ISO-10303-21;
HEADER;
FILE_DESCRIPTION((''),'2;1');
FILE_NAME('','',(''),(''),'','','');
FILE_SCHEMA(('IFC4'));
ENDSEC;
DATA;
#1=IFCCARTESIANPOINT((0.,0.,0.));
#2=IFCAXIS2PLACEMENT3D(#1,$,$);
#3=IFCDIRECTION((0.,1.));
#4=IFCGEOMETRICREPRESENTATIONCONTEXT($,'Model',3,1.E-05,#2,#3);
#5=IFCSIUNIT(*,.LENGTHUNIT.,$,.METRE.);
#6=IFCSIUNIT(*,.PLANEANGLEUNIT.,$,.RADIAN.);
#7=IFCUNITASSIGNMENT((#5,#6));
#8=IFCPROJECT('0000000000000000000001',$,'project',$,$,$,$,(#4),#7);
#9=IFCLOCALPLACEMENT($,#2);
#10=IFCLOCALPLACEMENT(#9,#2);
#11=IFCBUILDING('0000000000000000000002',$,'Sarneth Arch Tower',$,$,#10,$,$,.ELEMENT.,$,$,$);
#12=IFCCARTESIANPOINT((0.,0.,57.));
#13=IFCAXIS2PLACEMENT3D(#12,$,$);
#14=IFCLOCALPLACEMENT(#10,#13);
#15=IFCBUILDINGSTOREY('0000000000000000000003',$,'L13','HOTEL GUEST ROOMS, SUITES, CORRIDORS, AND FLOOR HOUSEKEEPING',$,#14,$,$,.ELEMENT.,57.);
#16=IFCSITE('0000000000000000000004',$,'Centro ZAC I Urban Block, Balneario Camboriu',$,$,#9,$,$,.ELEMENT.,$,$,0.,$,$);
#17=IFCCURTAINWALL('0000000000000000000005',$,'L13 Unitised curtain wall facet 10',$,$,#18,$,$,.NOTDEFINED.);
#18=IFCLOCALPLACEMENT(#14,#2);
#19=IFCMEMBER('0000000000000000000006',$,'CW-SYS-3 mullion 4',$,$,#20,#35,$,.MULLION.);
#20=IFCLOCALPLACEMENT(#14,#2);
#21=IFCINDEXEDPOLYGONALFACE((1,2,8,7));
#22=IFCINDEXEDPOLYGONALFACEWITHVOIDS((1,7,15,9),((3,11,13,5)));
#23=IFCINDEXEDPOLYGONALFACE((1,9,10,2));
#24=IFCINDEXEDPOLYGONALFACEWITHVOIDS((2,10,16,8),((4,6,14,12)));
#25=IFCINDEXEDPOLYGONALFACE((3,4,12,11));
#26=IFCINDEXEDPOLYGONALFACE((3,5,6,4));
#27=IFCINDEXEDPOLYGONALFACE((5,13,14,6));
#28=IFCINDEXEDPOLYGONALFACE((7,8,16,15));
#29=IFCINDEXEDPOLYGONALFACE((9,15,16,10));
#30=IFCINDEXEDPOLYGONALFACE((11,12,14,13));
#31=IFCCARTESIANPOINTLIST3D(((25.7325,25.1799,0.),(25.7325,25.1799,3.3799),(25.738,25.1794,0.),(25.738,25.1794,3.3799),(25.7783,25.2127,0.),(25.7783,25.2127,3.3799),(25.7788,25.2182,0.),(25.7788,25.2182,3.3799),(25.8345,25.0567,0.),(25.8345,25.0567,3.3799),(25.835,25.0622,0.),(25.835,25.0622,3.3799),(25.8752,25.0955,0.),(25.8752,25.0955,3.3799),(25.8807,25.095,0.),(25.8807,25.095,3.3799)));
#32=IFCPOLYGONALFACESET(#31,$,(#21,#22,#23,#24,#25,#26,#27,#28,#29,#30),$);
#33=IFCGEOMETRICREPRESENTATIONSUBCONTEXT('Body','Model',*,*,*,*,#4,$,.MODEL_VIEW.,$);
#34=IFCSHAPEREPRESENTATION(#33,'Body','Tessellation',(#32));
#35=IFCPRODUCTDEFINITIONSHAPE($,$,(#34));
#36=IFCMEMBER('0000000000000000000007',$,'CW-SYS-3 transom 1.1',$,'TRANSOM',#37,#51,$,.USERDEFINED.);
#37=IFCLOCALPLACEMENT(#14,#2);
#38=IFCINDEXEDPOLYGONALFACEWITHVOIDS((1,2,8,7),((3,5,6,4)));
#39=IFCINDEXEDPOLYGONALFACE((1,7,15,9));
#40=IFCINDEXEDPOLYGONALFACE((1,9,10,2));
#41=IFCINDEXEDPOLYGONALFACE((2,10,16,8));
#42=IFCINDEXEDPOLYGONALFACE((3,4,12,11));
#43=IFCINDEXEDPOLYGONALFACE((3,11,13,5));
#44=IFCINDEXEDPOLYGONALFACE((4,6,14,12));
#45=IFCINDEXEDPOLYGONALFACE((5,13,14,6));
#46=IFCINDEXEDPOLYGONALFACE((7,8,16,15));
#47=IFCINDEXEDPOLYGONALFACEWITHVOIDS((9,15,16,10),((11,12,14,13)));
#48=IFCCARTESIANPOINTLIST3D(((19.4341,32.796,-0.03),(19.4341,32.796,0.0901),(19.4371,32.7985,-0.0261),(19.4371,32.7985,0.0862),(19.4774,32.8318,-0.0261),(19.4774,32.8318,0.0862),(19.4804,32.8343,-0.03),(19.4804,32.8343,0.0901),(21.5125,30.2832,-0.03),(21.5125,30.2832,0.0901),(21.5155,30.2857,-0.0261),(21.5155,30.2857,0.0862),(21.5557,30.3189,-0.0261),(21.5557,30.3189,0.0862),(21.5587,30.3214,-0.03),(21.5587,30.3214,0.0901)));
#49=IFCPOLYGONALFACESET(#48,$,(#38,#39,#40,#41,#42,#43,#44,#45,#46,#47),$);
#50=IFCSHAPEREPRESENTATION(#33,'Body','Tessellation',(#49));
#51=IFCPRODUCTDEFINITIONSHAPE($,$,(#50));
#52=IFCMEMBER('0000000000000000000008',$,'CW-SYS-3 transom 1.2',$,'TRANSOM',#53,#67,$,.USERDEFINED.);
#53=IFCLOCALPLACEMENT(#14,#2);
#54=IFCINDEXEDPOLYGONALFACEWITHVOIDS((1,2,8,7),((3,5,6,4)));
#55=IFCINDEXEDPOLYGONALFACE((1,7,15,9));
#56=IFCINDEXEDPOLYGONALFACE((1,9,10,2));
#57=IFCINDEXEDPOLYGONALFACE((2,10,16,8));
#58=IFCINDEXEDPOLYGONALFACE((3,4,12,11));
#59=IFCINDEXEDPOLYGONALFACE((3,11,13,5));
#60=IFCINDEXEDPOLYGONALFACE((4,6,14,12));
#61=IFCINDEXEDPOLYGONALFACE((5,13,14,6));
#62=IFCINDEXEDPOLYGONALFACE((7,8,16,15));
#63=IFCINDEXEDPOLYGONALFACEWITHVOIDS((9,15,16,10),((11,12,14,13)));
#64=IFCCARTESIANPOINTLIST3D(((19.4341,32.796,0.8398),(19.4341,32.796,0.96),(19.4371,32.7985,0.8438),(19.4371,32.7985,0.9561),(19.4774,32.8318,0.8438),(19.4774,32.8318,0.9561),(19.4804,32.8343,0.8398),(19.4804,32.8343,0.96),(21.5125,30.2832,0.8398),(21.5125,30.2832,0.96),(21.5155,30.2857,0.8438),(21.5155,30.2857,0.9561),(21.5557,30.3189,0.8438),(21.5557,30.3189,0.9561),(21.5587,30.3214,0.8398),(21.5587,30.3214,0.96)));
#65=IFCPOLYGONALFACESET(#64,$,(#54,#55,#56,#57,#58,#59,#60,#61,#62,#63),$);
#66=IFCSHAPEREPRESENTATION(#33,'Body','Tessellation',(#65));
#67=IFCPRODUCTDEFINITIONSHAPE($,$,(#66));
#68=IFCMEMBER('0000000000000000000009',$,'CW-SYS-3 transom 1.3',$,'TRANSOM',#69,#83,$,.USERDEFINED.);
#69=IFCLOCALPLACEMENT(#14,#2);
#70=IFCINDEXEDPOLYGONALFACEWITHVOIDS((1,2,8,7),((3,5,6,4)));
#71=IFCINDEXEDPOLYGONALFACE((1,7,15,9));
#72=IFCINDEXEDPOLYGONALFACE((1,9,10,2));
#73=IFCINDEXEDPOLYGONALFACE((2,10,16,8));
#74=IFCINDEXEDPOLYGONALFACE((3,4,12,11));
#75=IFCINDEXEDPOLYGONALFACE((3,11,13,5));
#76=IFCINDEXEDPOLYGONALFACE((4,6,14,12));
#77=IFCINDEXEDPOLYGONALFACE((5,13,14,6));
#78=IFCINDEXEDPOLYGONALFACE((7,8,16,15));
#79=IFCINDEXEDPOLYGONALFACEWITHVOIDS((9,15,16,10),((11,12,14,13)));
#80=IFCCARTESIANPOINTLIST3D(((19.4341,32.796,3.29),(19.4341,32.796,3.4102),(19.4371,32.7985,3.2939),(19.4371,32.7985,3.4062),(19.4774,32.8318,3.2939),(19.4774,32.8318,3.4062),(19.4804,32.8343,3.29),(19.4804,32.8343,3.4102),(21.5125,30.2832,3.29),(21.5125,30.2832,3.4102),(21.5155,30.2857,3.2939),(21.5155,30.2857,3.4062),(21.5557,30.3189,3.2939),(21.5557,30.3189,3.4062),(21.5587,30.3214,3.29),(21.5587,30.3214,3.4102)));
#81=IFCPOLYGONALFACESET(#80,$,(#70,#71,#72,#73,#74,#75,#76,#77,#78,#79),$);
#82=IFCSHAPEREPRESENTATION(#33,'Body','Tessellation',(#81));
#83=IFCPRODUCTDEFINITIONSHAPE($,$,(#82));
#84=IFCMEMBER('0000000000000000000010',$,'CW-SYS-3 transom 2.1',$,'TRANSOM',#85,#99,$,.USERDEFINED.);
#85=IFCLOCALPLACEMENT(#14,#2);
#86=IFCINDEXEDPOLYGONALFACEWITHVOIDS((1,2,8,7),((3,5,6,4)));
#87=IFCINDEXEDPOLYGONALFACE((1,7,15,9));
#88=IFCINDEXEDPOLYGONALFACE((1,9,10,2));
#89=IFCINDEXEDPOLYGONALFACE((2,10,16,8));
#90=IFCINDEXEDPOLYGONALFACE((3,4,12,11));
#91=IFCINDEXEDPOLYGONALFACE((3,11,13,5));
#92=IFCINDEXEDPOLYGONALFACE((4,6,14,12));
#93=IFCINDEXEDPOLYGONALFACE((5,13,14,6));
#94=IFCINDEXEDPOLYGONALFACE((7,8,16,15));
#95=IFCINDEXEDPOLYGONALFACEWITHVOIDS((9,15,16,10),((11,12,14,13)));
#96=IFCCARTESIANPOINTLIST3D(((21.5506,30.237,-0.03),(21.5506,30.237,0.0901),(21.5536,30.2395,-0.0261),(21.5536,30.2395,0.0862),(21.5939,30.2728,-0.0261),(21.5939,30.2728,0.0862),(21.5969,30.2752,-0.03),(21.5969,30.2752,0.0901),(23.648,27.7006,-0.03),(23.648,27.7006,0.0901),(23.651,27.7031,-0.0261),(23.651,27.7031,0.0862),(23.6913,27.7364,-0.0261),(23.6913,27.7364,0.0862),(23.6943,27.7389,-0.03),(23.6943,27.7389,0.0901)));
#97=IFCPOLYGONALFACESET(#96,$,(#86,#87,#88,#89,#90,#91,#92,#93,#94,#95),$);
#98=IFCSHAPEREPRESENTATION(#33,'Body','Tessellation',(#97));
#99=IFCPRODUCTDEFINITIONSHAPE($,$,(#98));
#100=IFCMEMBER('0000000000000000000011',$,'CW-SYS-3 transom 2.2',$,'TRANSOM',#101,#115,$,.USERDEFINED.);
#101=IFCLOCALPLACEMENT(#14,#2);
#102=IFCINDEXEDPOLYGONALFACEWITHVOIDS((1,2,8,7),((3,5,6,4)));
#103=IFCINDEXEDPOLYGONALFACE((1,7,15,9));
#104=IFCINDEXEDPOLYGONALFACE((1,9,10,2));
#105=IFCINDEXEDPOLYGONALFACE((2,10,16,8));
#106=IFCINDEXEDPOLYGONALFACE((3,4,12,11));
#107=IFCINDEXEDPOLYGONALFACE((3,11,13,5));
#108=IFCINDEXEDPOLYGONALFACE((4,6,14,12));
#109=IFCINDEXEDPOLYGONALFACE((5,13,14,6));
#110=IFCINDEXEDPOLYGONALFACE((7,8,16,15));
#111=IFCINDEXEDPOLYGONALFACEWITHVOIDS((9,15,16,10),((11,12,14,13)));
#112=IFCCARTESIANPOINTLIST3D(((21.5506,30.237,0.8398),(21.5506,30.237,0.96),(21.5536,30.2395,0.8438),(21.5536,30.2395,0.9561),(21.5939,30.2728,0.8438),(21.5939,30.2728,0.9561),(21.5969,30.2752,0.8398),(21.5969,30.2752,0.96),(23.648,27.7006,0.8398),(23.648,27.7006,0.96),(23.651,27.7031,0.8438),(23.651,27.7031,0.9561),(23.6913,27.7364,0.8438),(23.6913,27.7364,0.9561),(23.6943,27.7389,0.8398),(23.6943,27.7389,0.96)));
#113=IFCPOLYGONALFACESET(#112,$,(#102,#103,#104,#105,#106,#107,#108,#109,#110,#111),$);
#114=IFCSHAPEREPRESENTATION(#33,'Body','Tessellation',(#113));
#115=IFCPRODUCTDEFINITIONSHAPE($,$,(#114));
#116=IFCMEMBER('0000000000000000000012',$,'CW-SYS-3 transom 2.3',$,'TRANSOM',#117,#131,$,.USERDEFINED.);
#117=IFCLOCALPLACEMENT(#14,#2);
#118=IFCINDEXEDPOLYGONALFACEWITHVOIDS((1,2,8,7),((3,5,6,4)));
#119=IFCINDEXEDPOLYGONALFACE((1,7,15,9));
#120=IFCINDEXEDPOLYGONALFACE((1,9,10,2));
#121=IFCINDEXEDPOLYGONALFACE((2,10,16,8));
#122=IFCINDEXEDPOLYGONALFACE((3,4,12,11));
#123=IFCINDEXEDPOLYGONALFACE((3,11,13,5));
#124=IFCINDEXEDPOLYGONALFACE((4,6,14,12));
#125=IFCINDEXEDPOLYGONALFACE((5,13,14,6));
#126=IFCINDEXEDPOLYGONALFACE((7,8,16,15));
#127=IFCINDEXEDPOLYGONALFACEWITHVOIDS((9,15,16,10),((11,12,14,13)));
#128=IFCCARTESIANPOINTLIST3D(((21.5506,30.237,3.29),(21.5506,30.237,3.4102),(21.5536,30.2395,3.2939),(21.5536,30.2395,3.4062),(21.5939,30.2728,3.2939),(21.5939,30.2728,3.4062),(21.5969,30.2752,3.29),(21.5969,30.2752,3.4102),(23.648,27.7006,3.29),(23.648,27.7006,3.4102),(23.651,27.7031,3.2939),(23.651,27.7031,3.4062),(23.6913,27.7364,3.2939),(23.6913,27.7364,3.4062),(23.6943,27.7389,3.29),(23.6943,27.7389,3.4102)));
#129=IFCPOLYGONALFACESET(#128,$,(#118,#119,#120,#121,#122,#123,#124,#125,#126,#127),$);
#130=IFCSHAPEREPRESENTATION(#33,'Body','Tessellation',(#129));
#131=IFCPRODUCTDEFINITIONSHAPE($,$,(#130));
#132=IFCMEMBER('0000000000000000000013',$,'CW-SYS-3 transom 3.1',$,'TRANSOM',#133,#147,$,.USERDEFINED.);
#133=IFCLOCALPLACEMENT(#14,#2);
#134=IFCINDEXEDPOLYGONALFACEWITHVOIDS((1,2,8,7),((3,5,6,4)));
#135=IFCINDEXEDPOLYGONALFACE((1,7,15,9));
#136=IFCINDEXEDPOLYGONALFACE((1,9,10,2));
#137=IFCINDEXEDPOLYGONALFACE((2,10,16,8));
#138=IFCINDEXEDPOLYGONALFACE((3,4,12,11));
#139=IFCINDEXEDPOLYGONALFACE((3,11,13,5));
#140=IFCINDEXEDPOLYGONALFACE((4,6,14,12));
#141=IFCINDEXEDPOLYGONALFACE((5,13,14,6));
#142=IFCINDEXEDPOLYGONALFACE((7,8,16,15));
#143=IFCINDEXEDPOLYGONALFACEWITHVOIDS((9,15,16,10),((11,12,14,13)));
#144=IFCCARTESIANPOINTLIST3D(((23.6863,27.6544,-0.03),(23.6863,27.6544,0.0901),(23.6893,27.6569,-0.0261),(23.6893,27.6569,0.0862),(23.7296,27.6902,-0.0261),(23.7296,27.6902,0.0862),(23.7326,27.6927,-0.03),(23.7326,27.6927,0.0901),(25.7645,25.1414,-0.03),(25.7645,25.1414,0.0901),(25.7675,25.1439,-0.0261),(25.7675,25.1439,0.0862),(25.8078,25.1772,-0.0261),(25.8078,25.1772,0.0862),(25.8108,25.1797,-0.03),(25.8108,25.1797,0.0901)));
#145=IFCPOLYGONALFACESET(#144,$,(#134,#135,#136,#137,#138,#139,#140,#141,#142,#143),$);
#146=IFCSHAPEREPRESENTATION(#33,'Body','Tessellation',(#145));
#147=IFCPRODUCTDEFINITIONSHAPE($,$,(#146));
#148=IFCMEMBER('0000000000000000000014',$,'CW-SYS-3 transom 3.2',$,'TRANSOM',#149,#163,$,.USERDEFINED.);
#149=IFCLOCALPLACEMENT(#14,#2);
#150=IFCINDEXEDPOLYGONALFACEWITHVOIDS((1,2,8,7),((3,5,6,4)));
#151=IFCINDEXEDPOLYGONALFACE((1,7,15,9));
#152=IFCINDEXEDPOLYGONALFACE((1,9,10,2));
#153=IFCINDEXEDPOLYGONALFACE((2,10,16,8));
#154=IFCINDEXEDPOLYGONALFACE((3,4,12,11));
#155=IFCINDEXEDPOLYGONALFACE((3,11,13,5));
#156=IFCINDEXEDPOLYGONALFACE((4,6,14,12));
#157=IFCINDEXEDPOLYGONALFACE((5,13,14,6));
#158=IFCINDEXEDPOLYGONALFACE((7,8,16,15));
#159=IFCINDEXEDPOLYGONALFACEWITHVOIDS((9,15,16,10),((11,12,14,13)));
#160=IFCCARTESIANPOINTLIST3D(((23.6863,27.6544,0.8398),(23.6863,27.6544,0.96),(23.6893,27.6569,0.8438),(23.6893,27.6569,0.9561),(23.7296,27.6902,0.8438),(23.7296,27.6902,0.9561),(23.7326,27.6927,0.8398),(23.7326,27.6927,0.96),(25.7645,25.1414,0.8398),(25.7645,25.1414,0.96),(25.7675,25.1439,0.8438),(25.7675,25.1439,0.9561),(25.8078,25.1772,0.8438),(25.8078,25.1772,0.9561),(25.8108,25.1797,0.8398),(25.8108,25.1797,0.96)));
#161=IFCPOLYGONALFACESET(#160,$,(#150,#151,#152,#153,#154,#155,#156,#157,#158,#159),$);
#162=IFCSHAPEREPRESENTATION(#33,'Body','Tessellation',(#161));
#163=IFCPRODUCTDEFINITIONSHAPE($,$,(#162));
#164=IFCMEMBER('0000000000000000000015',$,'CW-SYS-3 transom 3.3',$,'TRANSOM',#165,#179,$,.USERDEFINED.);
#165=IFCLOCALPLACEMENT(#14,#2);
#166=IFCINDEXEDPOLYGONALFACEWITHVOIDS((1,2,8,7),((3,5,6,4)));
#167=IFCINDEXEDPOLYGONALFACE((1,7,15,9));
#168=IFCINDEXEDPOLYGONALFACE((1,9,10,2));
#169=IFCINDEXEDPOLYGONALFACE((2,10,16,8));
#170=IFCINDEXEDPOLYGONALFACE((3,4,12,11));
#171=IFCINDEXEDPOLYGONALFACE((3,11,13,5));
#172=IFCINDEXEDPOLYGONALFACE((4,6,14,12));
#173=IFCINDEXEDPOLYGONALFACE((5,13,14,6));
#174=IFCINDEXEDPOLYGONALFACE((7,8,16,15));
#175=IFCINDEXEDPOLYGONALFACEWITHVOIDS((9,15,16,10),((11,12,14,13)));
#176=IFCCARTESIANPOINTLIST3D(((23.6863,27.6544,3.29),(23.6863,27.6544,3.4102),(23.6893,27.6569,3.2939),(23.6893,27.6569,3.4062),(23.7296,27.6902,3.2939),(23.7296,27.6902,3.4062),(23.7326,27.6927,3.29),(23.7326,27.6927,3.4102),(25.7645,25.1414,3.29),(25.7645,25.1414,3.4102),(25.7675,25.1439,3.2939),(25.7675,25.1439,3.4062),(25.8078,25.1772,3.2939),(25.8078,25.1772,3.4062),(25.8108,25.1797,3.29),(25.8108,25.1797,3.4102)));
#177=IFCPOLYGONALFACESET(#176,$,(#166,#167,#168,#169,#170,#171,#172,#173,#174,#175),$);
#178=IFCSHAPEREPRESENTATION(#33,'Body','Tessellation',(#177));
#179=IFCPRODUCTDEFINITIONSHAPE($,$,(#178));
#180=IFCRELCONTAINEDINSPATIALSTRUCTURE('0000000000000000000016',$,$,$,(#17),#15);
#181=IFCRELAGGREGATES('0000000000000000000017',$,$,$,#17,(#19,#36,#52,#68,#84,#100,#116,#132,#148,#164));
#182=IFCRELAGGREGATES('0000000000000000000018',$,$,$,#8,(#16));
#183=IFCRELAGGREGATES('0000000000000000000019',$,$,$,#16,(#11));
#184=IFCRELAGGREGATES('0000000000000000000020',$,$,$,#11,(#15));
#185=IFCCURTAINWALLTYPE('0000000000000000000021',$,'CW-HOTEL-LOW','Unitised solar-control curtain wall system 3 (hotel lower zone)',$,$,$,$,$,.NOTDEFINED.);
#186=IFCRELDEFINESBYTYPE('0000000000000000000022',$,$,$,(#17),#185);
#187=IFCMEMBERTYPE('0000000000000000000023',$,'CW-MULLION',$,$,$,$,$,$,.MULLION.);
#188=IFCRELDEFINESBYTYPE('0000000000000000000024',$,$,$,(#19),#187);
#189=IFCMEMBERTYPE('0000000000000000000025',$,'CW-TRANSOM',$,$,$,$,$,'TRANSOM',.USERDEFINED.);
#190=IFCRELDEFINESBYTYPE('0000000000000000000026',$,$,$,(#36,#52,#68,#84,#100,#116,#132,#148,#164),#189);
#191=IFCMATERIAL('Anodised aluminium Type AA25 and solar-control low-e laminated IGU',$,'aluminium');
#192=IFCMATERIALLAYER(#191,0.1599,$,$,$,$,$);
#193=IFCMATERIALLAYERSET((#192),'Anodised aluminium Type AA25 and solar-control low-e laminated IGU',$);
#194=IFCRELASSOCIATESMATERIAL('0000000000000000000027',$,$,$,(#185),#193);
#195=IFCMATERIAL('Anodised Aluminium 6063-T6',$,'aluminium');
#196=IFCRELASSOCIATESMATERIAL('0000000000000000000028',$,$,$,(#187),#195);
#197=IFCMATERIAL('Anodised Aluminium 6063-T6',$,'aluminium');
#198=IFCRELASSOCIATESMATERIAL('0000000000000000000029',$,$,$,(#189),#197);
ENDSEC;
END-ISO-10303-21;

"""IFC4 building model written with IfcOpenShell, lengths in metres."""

from ifc_helpers import new_model, si_unit, direction, frame, origin, origin_2d, place, context, subcontext, project, spatial, hollow_rectangle, extrude, material, layer, layer_set, material_profile, profile_set, type_object, element, aggregate, save


model = new_model("IFC4")

# Units and contexts
model_context = context("Model", 3, precision=1e-05, world=origin(), true_north=direction((0.0, 1.0)))
body_context = subcontext(model_context, "Body", "Model", "MODEL_VIEW")
ifc_project = project(units=[si_unit("LENGTHUNIT", "METRE"), si_unit("PLANEANGLEUNIT", "RADIAN")], contexts=[model_context])

# Site, building, storey
site_placement = place(None, origin())
site = spatial("IfcSite", under=ifc_project, at=site_placement, Name="Centro ZAC I Urban Block, Balneario Camboriu", CompositionType="ELEMENT", RefElevation=0.0)
building_placement = place(site_placement, origin())
building = spatial("IfcBuilding", under=site, at=building_placement, Name="Sarneth Arch Tower", CompositionType="ELEMENT")
storey_placement = place(building_placement, frame((0.0, 0.0, 57.0)))
storey = spatial("IfcBuildingStorey", under=building, at=storey_placement, Name="L13", Description="HOTEL GUEST ROOMS, SUITES, CORRIDORS, AND FLOOR HOUSEKEEPING", CompositionType="ELEMENT", Elevation=57.0)

# Curtain wall, members
ifc_material_1 = material(Name="Anodised aluminium Type AA25 and solar-control low-e laminated IGU", Category="aluminium")
ifc_layer_1 = layer(ifc_material_1, 0.1599)
ifc_layer_set_1 = layer_set([ifc_layer_1], Name="Anodised aluminium Type AA25 and solar-control low-e laminated IGU")
curtain_wall_type = type_object("IfcCurtainWallType", Name="CW-HOTEL-LOW", Description="Unitised solar-control curtain wall system 3 (hotel lower zone)", PredefinedType="NOTDEFINED", material=ifc_layer_set_1)
curtain_wall_placement = place(storey_placement, origin())
curtain_wall = element("IfcCurtainWall", 1, at=curtain_wall_placement, inside=storey, type_object=curtain_wall_type, Name="L13 Unitised curtain wall facet 10", PredefinedType="NOTDEFINED")
ifc_material_2 = material(Name="Anodised Aluminium 6063-T6", Category="aluminium")
ifc_material_profile_1 = material_profile(ifc_material_2, hollow_rectangle(XDim=0.0601, YDim=0.1599, WallThickness=0.0039, at=origin_2d()), Name="AL-MULL-160x60x4")
ifc_profile_set_1 = profile_set([ifc_material_profile_1], Name="Anodised Aluminium 6063-T6")
member_type_1 = type_object("IfcMemberType", Name="CW-MULLION", PredefinedType="MULLION", material=ifc_profile_set_1)
member_1_placement = place(storey_placement, frame((25.8066, 25.1375, 0.0), z_axis=(0.0, 0.0, 1.0), x_axis=(0.770623, 0.637291, 0.0)))
member_1 = element("IfcMember", 2, at=member_1_placement, type_object=member_type_1, Name="CW-SYS-3 mullion 4", PredefinedType="MULLION", context=body_context, shape_type="SweptSolid", body=[
    extrude(hollow_rectangle(XDim=0.0601, YDim=0.1599, WallThickness=0.0039, at=origin_2d()), origin(), (0.0, 0.0, 1.0), 3.3799),
])
ifc_material_3 = material(Name="Anodised Aluminium 6063-T6", Category="aluminium")
ifc_material_profile_2 = material_profile(ifc_material_3, hollow_rectangle(XDim=0.0601, YDim=0.1201, WallThickness=0.0039, at=origin_2d()), Name="AL-TRAN-120x60x4")
ifc_profile_set_2 = profile_set([ifc_material_profile_2], Name="Anodised Aluminium 6063-T6")
member_type_2 = type_object("IfcMemberType", Name="CW-TRANSOM", ElementType="TRANSOM", PredefinedType="USERDEFINED", material=ifc_profile_set_2)
member_2_placement = place(storey_placement, frame((19.4573, 32.8152, 0.03), z_axis=(0.63733, -0.770591, 0.0), x_axis=(0.770591, 0.63733, 0.0)))
member_2 = element("IfcMember", 3, at=member_2_placement, type_object=member_type_2, Name="CW-SYS-3 transom 1.1", ObjectType="TRANSOM", PredefinedType="USERDEFINED", context=body_context, shape_type="SweptSolid", body=[
    extrude(hollow_rectangle(XDim=0.0601, YDim=0.1201, WallThickness=0.0039, at=origin_2d()), origin(), (0.0, 0.0, 1.0), 3.261),
])
member_3_placement = place(storey_placement, frame((19.4573, 32.8152, 0.8999), z_axis=(0.63733, -0.770591, 0.0), x_axis=(0.770591, 0.63733, 0.0)))
member_3 = element("IfcMember", 4, at=member_3_placement, type_object=member_type_2, Name="CW-SYS-3 transom 1.2", ObjectType="TRANSOM", PredefinedType="USERDEFINED", context=body_context, shape_type="SweptSolid", body=[
    extrude(hollow_rectangle(XDim=0.0601, YDim=0.1201, WallThickness=0.0039, at=origin_2d()), origin(), (0.0, 0.0, 1.0), 3.261),
])
member_4_placement = place(storey_placement, frame((19.4573, 32.8152, 3.3501), z_axis=(0.63733, -0.770591, 0.0), x_axis=(0.770591, 0.63733, 0.0)))
member_4 = element("IfcMember", 5, at=member_4_placement, type_object=member_type_2, Name="CW-SYS-3 transom 1.3", ObjectType="TRANSOM", PredefinedType="USERDEFINED", context=body_context, shape_type="SweptSolid", body=[
    extrude(hollow_rectangle(XDim=0.0601, YDim=0.1201, WallThickness=0.0039, at=origin_2d()), origin(), (0.0, 0.0, 1.0), 3.261),
])
member_5_placement = place(storey_placement, frame((21.5737, 30.2561, 0.03), z_axis=(0.637269, -0.770642, 0.0), x_axis=(0.770642, 0.637269, 0.0)))
member_5 = element("IfcMember", 6, at=member_5_placement, type_object=member_type_2, Name="CW-SYS-3 transom 2.1", ObjectType="TRANSOM", PredefinedType="USERDEFINED", context=body_context, shape_type="SweptSolid", body=[
    extrude(hollow_rectangle(XDim=0.0601, YDim=0.1201, WallThickness=0.0039, at=origin_2d()), origin(), (0.0, 0.0, 1.0), 3.2913),
])
member_6_placement = place(storey_placement, frame((21.5737, 30.2561, 0.8999), z_axis=(0.637269, -0.770642, 0.0), x_axis=(0.770642, 0.637269, 0.0)))
member_6 = element("IfcMember", 7, at=member_6_placement, type_object=member_type_2, Name="CW-SYS-3 transom 2.2", ObjectType="TRANSOM", PredefinedType="USERDEFINED", context=body_context, shape_type="SweptSolid", body=[
    extrude(hollow_rectangle(XDim=0.0601, YDim=0.1201, WallThickness=0.0039, at=origin_2d()), origin(), (0.0, 0.0, 1.0), 3.2913),
])
member_7_placement = place(storey_placement, frame((21.5737, 30.2561, 3.3501), z_axis=(0.637269, -0.770642, 0.0), x_axis=(0.770642, 0.637269, 0.0)))
member_7 = element("IfcMember", 8, at=member_7_placement, type_object=member_type_2, Name="CW-SYS-3 transom 2.3", ObjectType="TRANSOM", PredefinedType="USERDEFINED", context=body_context, shape_type="SweptSolid", body=[
    extrude(hollow_rectangle(XDim=0.0601, YDim=0.1201, WallThickness=0.0039, at=origin_2d()), origin(), (0.0, 0.0, 1.0), 3.2913),
])
member_8_placement = place(storey_placement, frame((23.7095, 27.6736, 0.03), z_axis=(0.637286, -0.770628, 0.0), x_axis=(0.770628, 0.637286, 0.0)))
member_8 = element("IfcMember", 9, at=member_8_placement, type_object=member_type_2, Name="CW-SYS-3 transom 3.1", ObjectType="TRANSOM", PredefinedType="USERDEFINED", context=body_context, shape_type="SweptSolid", body=[
    extrude(hollow_rectangle(XDim=0.0601, YDim=0.1201, WallThickness=0.0039, at=origin_2d()), origin(), (0.0, 0.0, 1.0), 3.261),
])
member_9_placement = place(storey_placement, frame((23.7095, 27.6736, 0.8999), z_axis=(0.637286, -0.770628, 0.0), x_axis=(0.770628, 0.637286, 0.0)))
member_9 = element("IfcMember", 10, at=member_9_placement, type_object=member_type_2, Name="CW-SYS-3 transom 3.2", ObjectType="TRANSOM", PredefinedType="USERDEFINED", context=body_context, shape_type="SweptSolid", body=[
    extrude(hollow_rectangle(XDim=0.0601, YDim=0.1201, WallThickness=0.0039, at=origin_2d()), origin(), (0.0, 0.0, 1.0), 3.261),
])
member_10_placement = place(storey_placement, frame((23.7095, 27.6736, 3.3501), z_axis=(0.637286, -0.770628, 0.0), x_axis=(0.770628, 0.637286, 0.0)))
member_10 = element("IfcMember", 11, at=member_10_placement, type_object=member_type_2, Name="CW-SYS-3 transom 3.3", ObjectType="TRANSOM", PredefinedType="USERDEFINED", context=body_context, shape_type="SweptSolid", body=[
    extrude(hollow_rectangle(XDim=0.0601, YDim=0.1201, WallThickness=0.0039, at=origin_2d()), origin(), (0.0, 0.0, 1.0), 3.261),
])

aggregate(curtain_wall, [member_1, member_2, member_3, member_4, member_5, member_6, member_7, member_8, member_9, member_10])

save(model, "model.ifc")
